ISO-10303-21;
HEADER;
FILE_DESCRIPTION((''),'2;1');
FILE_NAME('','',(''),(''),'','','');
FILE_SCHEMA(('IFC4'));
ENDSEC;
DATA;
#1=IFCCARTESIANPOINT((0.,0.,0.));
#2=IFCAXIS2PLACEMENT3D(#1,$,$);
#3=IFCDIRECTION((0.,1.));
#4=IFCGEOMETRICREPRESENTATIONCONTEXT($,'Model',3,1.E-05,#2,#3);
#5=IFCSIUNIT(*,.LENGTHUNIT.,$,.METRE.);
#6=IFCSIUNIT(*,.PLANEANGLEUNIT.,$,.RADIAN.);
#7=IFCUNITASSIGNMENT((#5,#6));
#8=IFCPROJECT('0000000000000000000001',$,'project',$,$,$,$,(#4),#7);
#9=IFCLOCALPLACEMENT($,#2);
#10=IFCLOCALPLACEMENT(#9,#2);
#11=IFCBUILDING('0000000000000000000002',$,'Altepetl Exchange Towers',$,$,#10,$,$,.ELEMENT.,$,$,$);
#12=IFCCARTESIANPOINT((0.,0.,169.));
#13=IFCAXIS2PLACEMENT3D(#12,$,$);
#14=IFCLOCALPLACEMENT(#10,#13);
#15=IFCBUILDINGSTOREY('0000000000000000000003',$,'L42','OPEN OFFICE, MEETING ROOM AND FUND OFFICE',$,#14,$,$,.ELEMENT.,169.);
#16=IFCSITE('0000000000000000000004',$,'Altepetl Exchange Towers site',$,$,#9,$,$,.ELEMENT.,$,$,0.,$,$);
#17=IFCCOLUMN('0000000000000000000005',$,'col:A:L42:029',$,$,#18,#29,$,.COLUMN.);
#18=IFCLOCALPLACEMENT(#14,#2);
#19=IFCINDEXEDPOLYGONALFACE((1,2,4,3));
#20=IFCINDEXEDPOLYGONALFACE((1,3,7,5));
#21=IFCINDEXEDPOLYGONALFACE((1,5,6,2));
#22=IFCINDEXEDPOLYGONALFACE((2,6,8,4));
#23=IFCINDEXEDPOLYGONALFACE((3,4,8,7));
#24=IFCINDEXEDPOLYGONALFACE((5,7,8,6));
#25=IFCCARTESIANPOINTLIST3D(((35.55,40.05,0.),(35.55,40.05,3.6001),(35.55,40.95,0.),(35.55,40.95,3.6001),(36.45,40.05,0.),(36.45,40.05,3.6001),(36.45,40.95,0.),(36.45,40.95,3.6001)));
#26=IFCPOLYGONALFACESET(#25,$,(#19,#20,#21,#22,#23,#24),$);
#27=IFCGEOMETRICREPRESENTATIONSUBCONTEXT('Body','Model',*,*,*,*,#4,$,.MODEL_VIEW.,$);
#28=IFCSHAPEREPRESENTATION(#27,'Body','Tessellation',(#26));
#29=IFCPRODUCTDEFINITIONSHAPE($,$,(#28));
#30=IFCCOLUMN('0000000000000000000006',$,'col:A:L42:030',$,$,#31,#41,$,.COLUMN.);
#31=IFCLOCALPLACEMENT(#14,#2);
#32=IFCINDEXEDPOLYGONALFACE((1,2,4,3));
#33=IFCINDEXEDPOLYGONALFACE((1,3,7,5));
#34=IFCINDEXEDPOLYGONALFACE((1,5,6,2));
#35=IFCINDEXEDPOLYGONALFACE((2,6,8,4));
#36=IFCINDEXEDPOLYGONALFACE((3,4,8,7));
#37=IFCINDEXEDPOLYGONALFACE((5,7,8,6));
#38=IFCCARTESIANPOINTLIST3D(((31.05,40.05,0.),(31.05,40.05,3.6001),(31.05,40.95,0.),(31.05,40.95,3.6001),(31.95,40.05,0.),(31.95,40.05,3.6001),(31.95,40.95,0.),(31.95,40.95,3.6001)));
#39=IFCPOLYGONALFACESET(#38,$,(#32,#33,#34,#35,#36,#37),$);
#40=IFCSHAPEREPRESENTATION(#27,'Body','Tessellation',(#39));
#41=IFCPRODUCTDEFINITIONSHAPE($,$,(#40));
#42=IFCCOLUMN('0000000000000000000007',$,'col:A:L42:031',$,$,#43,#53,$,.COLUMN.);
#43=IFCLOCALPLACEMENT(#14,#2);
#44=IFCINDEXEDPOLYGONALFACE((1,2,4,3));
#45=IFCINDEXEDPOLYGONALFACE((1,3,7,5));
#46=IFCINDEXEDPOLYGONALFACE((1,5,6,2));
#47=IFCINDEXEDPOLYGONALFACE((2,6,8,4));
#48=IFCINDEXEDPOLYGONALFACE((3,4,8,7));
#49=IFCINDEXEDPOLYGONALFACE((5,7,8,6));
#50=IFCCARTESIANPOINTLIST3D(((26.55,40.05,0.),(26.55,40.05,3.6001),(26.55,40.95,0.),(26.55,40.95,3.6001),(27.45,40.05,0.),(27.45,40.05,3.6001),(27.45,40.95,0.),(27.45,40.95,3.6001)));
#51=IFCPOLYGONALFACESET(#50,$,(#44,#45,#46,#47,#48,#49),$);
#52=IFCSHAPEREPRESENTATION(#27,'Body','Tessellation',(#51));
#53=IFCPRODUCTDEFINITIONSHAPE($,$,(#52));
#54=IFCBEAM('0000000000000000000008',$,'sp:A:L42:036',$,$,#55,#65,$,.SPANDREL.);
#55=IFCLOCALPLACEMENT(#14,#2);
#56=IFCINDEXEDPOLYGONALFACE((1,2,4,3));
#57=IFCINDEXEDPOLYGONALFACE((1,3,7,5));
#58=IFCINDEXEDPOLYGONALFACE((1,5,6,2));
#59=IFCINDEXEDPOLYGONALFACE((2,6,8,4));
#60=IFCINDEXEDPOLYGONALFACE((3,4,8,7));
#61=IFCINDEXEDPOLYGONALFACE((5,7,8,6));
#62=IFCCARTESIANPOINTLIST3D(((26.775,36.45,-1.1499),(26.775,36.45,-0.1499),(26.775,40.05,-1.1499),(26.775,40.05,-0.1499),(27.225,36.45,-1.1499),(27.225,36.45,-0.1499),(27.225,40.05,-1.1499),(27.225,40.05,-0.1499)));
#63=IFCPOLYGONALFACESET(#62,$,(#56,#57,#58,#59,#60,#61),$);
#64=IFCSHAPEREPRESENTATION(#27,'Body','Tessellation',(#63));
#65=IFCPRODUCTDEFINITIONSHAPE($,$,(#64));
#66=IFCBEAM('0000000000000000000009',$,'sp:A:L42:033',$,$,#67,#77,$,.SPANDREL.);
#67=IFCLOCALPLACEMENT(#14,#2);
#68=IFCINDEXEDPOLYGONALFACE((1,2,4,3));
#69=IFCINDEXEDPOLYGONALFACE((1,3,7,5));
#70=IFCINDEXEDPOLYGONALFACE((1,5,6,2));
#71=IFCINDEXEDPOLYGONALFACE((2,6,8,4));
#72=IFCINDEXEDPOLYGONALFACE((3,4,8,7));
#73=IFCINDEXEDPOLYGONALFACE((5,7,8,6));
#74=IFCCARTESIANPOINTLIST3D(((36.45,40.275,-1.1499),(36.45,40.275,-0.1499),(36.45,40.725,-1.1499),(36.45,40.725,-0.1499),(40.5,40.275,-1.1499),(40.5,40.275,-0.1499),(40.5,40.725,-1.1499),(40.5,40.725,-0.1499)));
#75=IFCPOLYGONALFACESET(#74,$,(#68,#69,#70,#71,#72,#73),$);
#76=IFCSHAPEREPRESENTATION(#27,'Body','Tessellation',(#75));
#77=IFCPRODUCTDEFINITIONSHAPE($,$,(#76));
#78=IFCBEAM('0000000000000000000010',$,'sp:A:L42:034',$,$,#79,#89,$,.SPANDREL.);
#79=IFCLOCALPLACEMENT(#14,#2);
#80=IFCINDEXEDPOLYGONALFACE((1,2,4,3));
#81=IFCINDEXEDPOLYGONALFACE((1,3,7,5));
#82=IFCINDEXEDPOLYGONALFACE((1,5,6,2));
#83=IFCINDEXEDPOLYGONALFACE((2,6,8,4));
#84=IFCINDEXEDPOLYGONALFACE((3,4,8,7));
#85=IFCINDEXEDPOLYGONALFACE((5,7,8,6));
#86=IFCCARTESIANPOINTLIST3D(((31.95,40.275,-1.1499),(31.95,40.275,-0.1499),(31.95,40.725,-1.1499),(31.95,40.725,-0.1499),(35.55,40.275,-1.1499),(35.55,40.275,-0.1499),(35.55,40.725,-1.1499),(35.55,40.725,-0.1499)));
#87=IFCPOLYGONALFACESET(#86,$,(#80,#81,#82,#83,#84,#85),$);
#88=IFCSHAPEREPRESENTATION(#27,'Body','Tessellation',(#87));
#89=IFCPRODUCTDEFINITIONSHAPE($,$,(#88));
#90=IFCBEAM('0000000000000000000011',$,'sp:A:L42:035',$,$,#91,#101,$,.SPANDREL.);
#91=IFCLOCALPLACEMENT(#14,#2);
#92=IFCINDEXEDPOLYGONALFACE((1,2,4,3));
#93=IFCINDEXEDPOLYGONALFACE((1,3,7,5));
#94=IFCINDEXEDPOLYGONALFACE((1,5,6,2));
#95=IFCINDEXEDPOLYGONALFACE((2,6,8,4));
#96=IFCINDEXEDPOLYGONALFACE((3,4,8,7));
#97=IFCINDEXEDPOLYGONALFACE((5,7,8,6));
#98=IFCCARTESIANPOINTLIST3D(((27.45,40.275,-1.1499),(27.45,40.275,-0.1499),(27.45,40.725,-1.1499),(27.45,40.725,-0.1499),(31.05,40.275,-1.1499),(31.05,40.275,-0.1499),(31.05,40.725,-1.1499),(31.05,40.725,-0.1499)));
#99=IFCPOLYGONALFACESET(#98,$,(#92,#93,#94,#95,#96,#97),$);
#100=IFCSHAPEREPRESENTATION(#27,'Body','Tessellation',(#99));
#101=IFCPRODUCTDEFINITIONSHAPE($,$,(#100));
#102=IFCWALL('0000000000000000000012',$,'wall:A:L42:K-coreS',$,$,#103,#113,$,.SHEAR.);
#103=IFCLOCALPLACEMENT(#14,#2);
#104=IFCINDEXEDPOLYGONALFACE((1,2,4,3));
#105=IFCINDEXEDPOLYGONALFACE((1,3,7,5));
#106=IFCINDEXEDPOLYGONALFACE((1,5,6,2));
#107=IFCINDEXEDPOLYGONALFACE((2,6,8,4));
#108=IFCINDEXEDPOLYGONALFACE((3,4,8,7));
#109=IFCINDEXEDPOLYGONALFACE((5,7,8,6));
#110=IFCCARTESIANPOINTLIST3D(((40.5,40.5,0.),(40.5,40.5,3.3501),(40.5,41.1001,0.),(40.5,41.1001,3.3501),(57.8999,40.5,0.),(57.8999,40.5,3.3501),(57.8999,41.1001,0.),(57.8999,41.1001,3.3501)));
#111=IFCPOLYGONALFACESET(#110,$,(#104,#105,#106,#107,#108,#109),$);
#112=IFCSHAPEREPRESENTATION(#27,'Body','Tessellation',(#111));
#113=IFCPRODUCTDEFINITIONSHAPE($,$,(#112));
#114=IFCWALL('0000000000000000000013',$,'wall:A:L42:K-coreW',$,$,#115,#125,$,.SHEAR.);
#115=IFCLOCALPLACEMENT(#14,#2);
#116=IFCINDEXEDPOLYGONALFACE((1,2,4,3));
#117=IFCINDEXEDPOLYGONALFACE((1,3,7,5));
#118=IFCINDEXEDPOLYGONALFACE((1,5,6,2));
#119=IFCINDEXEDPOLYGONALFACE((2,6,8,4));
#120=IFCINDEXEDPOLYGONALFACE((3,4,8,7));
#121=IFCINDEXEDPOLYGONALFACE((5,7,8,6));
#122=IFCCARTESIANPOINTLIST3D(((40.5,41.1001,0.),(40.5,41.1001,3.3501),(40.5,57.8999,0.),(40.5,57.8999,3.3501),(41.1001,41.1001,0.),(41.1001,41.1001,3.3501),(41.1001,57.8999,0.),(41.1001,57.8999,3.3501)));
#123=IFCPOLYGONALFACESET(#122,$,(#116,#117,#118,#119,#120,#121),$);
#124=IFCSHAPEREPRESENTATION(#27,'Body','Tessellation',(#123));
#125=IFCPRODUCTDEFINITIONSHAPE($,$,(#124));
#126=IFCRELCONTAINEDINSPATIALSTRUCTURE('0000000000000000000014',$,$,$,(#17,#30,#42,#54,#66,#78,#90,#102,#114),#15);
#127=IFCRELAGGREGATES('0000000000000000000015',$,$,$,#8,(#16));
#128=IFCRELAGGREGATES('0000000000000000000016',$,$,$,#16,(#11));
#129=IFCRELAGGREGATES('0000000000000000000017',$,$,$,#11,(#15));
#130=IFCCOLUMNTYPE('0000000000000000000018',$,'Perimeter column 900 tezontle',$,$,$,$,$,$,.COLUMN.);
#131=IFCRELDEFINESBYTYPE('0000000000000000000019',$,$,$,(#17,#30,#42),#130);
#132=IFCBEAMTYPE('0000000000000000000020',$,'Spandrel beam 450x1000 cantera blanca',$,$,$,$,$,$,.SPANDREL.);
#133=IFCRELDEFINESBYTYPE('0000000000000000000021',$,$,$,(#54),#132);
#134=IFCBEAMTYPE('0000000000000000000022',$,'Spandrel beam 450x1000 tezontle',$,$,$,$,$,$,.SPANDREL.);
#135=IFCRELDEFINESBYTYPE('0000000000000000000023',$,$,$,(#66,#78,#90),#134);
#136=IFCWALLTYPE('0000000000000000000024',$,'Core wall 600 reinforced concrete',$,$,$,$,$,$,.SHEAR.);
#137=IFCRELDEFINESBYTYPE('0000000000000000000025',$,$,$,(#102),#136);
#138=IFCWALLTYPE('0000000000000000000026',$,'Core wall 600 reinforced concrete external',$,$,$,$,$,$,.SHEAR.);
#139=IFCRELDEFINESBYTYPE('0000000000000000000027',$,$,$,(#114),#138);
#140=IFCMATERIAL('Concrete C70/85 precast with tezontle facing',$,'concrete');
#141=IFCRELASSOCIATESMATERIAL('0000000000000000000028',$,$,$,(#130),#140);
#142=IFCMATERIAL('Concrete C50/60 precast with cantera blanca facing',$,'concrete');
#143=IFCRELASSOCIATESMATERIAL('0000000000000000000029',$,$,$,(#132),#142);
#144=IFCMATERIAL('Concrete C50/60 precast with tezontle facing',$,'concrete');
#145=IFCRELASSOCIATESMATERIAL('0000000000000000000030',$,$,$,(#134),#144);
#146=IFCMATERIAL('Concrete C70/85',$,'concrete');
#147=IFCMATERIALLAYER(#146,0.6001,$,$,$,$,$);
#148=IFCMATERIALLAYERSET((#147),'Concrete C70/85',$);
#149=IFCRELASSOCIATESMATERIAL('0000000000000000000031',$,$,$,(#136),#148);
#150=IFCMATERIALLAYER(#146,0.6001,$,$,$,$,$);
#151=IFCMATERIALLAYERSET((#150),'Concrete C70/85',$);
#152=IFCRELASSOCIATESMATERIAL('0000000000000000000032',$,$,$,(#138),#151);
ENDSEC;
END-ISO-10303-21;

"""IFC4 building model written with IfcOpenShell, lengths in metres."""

from ifc_helpers import new_model, si_unit, direction, frame, frame_2d, origin, origin_2d, place, context, subcontext, project, spatial, rectangle, extrude, material, layer, layer_set, material_profile, profile_set, type_object, element, save


model = new_model("IFC4")

# Units and contexts
model_context = context("Model", 3, precision=1e-05, world=origin(), true_north=direction((0.0, 1.0)))
body_context = subcontext(model_context, "Body", "Model", "MODEL_VIEW")
ifc_project = project(units=[si_unit("LENGTHUNIT", "METRE"), si_unit("PLANEANGLEUNIT", "RADIAN")], contexts=[model_context])

# Site, building, storey
site_placement = place(None, origin())
site = spatial("IfcSite", under=ifc_project, at=site_placement, Name="Altepetl Exchange Towers site", CompositionType="ELEMENT", RefElevation=0.0)
building_placement = place(site_placement, origin())
building = spatial("IfcBuilding", under=site, at=building_placement, Name="Altepetl Exchange Towers", CompositionType="ELEMENT")
storey_placement = place(building_placement, frame((0.0, 0.0, 169.0)))
storey = spatial("IfcBuildingStorey", under=building, at=storey_placement, Name="L42", Description="OPEN OFFICE, MEETING ROOM AND FUND OFFICE", CompositionType="ELEMENT", Elevation=169.0)

# Columns
ifc_material_1 = material(Name="Concrete C70/85 precast with tezontle facing", Category="concrete")
ifc_material_profile_1 = material_profile(ifc_material_1, rectangle(XDim=0.8999, YDim=0.8999, at=origin_2d()), Name="900 x 900")
ifc_profile_set_1 = profile_set([ifc_material_profile_1], Name="Concrete C70/85 precast with tezontle facing")
column_type = type_object("IfcColumnType", Name="Perimeter column 900 tezontle", PredefinedType="COLUMN", material=ifc_profile_set_1)
for number, where, name in (
    (1, (36.0, 40.5, 0.0), "col:A:L42:029"),
    (2, (31.5, 40.5, 0.0), "col:A:L42:030"),
    (3, (27.0, 40.5, 0.0), "col:A:L42:031"),
):
    element("IfcColumn", number, at=place(storey_placement, frame(where)), inside=storey, type_object=column_type, Name=name, PredefinedType="COLUMN", context=body_context, shape_type="SweptSolid", body=[
        extrude(rectangle(XDim=0.8999, YDim=0.8999, at=origin_2d()), origin(), (0.0, 0.0, 1.0), 3.6001),
    ])

# Beams
ifc_material_2 = material(Name="Concrete C50/60 precast with cantera blanca facing", Category="concrete")
ifc_material_profile_2 = material_profile(ifc_material_2, rectangle(XDim=0.45, YDim=1.0, at=origin_2d()), Name="450 x 1000")
ifc_profile_set_2 = profile_set([ifc_material_profile_2], Name="Concrete C50/60 precast with cantera blanca facing")
beam_type_1 = type_object("IfcBeamType", Name="Spandrel beam 450x1000 cantera blanca", PredefinedType="SPANDREL", material=ifc_profile_set_2)
beam_1_placement = place(storey_placement, frame((27.0, 40.05, -0.6499), z_axis=(0.0, -1.0, 0.0), x_axis=(1.0, 0.0, 0.0)))
element("IfcBeam", 4, at=beam_1_placement, inside=storey, type_object=beam_type_1, Name="sp:A:L42:036", PredefinedType="SPANDREL", context=body_context, shape_type="SweptSolid", body=[
    extrude(rectangle(XDim=0.45, YDim=1.0, at=origin_2d()), origin(), (0.0, 0.0, 1.0), 3.6001),
])
ifc_material_3 = material(Name="Concrete C50/60 precast with tezontle facing", Category="concrete")
ifc_material_profile_3 = material_profile(ifc_material_3, rectangle(XDim=0.45, YDim=1.0, at=origin_2d()), Name="450 x 1000")
ifc_profile_set_3 = profile_set([ifc_material_profile_3], Name="Concrete C50/60 precast with tezontle facing")
beam_type_2 = type_object("IfcBeamType", Name="Spandrel beam 450x1000 tezontle", PredefinedType="SPANDREL", material=ifc_profile_set_3)
beam_2_placement = place(storey_placement, frame((40.5, 40.5, -0.6499), z_axis=(-1.0, 0.0, 0.0), x_axis=(0.0, -1.0, 0.0)))
element("IfcBeam", 5, at=beam_2_placement, inside=storey, type_object=beam_type_2, Name="sp:A:L42:033", PredefinedType="SPANDREL", context=body_context, shape_type="SweptSolid", body=[
    extrude(rectangle(XDim=0.45, YDim=1.0, at=origin_2d()), origin(), (0.0, 0.0, 1.0), 4.05),
])
for number, where, z_axis, x_axis, name in (
    (6, (35.55, 40.5, -0.6499), (-1.0, 0.0, 0.0), (0.0, -1.0, 0.0), "sp:A:L42:034"),
    (7, (31.05, 40.5, -0.6499), (-1.0, 0.0, 0.0), (0.0, -1.0, 0.0), "sp:A:L42:035"),
):
    element("IfcBeam", number, at=place(storey_placement, frame(where, z_axis=z_axis, x_axis=x_axis)), inside=storey, type_object=beam_type_2, Name=name, PredefinedType="SPANDREL", context=body_context, shape_type="SweptSolid", body=[
        extrude(rectangle(XDim=0.45, YDim=1.0, at=origin_2d()), origin(), (0.0, 0.0, 1.0), 3.6001),
    ])

# Walls
ifc_material_4 = material(Name="Concrete C70/85", Category="concrete")
ifc_layer_1 = layer(ifc_material_4, 0.6001)
ifc_layer_set_1 = layer_set([ifc_layer_1], Name="Concrete C70/85")
wall_type_1 = type_object("IfcWallType", Name="Core wall 600 reinforced concrete", PredefinedType="SHEAR", material=ifc_layer_set_1)
wall_1_placement = place(storey_placement, frame((40.5, 40.8, 0.0)))
element("IfcWall", 8, at=wall_1_placement, inside=storey, type_object=wall_type_1, Name="wall:A:L42:K-coreS", PredefinedType="SHEAR", context=body_context, shape_type="SweptSolid", body=[
    extrude(rectangle(XDim=17.3999, YDim=0.6001, at=frame_2d((8.7, 0.0))), origin(), (0.0, 0.0, 1.0), 3.3501),
])
ifc_layer_2 = layer(ifc_material_4, 0.6001)
ifc_layer_set_2 = layer_set([ifc_layer_2], Name="Concrete C70/85")
wall_type_2 = type_object("IfcWallType", Name="Core wall 600 reinforced concrete external", PredefinedType="SHEAR", material=ifc_layer_set_2)
wall_2_placement = place(storey_placement, frame((40.8, 41.1001, 0.0), z_axis=(0.0, 0.0, 1.0), x_axis=(0.0, 1.0, 0.0)))
element("IfcWall", 9, at=wall_2_placement, inside=storey, type_object=wall_type_2, Name="wall:A:L42:K-coreW", PredefinedType="SHEAR", context=body_context, shape_type="SweptSolid", body=[
    extrude(rectangle(XDim=16.7998, YDim=0.6001, at=frame_2d((8.3999, 0.0))), origin(), (0.0, 0.0, 1.0), 3.3501),
])

save(model, "model.ifc")
